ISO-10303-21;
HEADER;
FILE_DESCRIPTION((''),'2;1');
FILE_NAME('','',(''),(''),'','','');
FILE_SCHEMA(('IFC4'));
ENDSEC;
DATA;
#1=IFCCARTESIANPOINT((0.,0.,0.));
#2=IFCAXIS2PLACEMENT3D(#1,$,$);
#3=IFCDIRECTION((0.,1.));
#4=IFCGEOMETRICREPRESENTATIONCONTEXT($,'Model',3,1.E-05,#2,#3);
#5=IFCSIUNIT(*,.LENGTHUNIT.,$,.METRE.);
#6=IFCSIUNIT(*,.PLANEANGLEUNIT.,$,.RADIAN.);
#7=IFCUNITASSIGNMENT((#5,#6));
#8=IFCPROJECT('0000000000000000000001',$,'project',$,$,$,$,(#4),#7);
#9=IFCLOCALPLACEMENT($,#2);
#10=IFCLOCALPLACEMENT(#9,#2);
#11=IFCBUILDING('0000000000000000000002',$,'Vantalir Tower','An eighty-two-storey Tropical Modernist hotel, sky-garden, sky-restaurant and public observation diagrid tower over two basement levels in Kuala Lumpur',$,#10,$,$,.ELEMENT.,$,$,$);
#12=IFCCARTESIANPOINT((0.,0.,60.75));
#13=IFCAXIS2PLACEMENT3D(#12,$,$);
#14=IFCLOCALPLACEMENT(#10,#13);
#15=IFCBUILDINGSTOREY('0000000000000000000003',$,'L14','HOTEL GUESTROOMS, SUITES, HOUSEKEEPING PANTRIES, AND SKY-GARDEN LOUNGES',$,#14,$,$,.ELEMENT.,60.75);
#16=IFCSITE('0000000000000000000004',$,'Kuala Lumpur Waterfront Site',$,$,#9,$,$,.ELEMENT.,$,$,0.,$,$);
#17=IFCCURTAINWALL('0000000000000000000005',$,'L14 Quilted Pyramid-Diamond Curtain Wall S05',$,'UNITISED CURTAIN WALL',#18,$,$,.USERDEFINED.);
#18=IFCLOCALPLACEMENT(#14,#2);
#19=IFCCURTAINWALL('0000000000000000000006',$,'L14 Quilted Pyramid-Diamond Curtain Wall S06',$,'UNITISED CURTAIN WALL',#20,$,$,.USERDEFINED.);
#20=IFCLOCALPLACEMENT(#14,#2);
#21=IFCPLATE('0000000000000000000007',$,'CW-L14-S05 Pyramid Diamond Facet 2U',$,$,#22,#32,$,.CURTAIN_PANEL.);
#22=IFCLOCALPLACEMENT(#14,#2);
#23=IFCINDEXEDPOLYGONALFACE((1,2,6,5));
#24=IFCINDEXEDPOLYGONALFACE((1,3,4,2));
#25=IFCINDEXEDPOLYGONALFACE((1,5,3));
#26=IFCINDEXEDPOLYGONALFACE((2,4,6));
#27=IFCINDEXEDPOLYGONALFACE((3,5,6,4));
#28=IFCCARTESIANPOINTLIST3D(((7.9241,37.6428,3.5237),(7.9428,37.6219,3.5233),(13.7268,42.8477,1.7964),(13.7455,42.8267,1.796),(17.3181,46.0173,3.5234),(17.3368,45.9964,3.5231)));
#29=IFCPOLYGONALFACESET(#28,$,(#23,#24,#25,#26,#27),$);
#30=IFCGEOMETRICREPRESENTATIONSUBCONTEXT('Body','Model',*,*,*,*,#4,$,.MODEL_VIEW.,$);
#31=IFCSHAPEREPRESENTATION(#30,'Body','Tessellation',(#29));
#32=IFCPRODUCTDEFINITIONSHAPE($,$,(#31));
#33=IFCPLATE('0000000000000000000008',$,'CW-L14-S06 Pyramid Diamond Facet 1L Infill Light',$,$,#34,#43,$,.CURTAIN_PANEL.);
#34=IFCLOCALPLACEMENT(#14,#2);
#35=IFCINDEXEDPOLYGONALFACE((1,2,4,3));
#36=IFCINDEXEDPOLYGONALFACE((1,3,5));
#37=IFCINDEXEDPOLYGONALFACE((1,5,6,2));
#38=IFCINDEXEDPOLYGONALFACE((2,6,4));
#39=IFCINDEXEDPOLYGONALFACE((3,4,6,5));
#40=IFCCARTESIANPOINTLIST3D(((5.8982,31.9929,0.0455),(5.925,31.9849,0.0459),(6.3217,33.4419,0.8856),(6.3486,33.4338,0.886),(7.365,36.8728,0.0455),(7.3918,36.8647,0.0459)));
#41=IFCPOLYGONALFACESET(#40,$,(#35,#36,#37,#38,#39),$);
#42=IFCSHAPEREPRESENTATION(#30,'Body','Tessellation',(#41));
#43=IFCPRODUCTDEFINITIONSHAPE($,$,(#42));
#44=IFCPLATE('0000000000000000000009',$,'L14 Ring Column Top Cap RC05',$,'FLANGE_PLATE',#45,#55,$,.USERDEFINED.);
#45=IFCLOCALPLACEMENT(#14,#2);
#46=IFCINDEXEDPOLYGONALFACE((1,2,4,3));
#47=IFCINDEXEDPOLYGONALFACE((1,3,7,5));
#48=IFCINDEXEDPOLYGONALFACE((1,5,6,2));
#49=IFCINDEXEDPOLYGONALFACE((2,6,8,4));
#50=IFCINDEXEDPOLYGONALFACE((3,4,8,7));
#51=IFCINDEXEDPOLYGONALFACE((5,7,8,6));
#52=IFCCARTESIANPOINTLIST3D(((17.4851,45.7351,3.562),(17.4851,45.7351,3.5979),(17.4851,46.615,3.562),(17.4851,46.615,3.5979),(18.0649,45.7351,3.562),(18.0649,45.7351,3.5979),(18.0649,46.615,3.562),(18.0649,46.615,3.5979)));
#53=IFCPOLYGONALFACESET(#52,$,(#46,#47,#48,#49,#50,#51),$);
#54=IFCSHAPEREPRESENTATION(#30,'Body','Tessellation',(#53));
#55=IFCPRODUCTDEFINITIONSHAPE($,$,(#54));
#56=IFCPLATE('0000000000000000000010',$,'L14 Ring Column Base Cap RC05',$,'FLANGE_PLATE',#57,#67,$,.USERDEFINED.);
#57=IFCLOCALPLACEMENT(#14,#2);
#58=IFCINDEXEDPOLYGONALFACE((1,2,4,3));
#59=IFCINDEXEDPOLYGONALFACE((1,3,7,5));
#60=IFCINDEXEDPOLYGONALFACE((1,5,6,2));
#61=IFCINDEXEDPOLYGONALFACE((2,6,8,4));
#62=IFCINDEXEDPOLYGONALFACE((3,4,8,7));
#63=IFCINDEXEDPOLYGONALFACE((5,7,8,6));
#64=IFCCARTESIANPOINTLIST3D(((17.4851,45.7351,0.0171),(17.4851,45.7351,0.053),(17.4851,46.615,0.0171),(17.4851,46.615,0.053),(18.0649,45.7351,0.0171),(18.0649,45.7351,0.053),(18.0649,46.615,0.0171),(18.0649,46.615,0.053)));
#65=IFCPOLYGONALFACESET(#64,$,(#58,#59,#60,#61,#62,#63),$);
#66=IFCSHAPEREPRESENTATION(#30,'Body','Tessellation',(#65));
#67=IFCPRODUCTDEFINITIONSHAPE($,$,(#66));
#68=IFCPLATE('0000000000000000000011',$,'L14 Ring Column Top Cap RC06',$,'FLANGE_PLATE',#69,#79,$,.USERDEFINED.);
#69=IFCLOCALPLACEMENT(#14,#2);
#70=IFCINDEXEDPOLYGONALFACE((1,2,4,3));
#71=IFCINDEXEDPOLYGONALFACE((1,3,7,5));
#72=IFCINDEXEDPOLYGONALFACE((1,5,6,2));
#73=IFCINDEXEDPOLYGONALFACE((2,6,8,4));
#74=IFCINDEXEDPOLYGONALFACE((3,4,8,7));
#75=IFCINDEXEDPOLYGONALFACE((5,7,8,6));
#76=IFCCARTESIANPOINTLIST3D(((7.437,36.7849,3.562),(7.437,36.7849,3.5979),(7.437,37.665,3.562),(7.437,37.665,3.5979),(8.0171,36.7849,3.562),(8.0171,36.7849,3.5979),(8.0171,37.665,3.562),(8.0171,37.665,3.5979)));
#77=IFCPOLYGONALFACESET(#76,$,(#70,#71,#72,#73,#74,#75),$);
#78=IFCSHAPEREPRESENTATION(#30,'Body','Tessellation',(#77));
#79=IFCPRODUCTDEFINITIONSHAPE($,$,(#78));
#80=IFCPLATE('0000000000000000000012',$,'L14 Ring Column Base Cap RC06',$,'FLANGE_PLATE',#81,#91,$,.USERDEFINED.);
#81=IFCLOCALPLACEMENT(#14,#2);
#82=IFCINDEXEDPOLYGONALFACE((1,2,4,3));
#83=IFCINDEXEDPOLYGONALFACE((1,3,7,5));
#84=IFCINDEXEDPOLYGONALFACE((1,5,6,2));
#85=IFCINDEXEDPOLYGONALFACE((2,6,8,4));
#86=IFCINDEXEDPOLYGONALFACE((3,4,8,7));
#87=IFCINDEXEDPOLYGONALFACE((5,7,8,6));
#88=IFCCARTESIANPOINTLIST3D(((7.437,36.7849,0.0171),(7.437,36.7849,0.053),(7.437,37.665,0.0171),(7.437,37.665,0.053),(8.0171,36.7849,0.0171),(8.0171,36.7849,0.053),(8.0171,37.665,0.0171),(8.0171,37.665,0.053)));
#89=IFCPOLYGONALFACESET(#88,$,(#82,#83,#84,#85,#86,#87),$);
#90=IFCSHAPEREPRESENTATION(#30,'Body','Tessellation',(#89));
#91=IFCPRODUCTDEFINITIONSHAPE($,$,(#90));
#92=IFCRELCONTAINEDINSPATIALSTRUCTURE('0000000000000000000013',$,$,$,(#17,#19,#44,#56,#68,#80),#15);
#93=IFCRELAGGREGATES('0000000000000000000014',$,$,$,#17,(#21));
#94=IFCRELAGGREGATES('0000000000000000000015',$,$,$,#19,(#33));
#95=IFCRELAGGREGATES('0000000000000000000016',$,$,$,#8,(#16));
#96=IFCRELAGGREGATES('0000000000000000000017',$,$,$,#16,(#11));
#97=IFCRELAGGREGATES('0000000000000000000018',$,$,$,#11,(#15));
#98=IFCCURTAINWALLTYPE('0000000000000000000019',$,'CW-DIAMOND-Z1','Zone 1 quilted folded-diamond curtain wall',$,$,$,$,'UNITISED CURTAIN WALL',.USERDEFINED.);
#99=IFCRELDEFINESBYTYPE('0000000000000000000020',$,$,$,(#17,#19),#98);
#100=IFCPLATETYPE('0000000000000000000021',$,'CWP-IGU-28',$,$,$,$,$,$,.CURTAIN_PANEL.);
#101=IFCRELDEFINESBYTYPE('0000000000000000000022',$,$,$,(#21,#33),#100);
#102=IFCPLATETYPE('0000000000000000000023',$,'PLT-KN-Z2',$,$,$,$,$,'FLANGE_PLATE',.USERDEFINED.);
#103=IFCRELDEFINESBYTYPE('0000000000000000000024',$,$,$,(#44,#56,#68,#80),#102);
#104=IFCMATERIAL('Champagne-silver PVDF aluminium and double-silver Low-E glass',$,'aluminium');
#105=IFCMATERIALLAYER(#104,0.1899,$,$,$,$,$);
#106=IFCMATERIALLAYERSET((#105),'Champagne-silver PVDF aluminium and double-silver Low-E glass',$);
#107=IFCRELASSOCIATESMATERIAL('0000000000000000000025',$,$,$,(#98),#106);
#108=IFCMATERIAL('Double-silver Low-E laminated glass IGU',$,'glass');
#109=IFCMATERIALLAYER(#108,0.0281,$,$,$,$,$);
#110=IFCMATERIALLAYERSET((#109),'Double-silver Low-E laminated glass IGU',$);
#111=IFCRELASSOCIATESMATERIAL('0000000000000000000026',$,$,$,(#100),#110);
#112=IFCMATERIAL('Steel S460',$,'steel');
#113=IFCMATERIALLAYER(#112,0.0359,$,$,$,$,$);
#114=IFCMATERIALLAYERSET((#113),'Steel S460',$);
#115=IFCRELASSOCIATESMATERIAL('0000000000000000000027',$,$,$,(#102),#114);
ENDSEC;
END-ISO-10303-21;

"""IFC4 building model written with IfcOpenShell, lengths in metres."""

from ifc_helpers import new_model, si_unit, direction, frame, origin, place, context, subcontext, project, spatial, polyline, outline, extrude, material, layer, layer_set, type_object, element, aggregate, save


model = new_model("IFC4")

# Units and contexts
model_context = context("Model", 3, precision=1e-05, world=origin(), true_north=direction((0.0, 1.0)))
body_context = subcontext(model_context, "Body", "Model", "MODEL_VIEW")
ifc_project = project(units=[si_unit("LENGTHUNIT", "METRE"), si_unit("PLANEANGLEUNIT", "RADIAN")], contexts=[model_context])

# Site, building, storey
site_placement = place(None, origin())
site = spatial("IfcSite", under=ifc_project, at=site_placement, Name="Kuala Lumpur Waterfront Site", CompositionType="ELEMENT", RefElevation=0.0)
building_placement = place(site_placement, origin())
building = spatial("IfcBuilding", under=site, at=building_placement, Name="Vantalir Tower", Description="An eighty-two-storey Tropical Modernist hotel, sky-garden, sky-restaurant and public observation diagrid tower over two basement levels in Kuala Lumpur", CompositionType="ELEMENT")
storey_placement = place(building_placement, frame((0.0, 0.0, 60.75)))
storey = spatial("IfcBuildingStorey", under=building, at=storey_placement, Name="L14", Description="HOTEL GUESTROOMS, SUITES, HOUSEKEEPING PANTRIES, AND SKY-GARDEN LOUNGES", CompositionType="ELEMENT", Elevation=60.75)

# Shared definitions
ifc_material_1 = material(Name="Steel S460", Category="steel")

# Shared definitions
ifc_material_2 = material(Name="Champagne-silver PVDF aluminium and double-silver Low-E glass", Category="aluminium")
ifc_layer_1 = layer(ifc_material_2, 0.1899)
ifc_layer_set_1 = layer_set([ifc_layer_1], Name="Champagne-silver PVDF aluminium and double-silver Low-E glass")
curtain_wall_type = type_object("IfcCurtainWallType", Name="CW-DIAMOND-Z1", Description="Zone 1 quilted folded-diamond curtain wall", ElementType="UNITISED CURTAIN WALL", PredefinedType="USERDEFINED", material=ifc_layer_set_1)

# Curtain wall
curtain_wall_1_placement = place(storey_placement, origin())
curtain_wall_1 = element("IfcCurtainWall", 1, at=curtain_wall_1_placement, inside=storey, type_object=curtain_wall_type, Name="L14 Quilted Pyramid-Diamond Curtain Wall S05", ObjectType="UNITISED CURTAIN WALL", PredefinedType="USERDEFINED")

# Curtain wall
curtain_wall_2_placement = place(storey_placement, origin())
curtain_wall_2 = element("IfcCurtainWall", 2, at=curtain_wall_2_placement, inside=storey, type_object=curtain_wall_type, Name="L14 Quilted Pyramid-Diamond Curtain Wall S06", ObjectType="UNITISED CURTAIN WALL", PredefinedType="USERDEFINED")

# Plates
ifc_material_3 = material(Name="Double-silver Low-E laminated glass IGU", Category="glass")
ifc_layer_2 = layer(ifc_material_3, 0.0281)
ifc_layer_set_2 = layer_set([ifc_layer_2], Name="Double-silver Low-E laminated glass IGU")
plate_type_1 = type_object("IfcPlateType", Name="CWP-IGU-28", PredefinedType="CURTAIN_PANEL", material=ifc_layer_set_2)
plate_1_placement = place(storey_placement, frame((7.9241, 37.6428, 3.5237), z_axis=(-0.665376, 0.746381, 0.013772), x_axis=(0.746452, 0.66544, -0.000019)))
plate_1 = element("IfcPlate", 3, at=plate_1_placement, type_object=plate_type_1, Name="CW-L14-S05 Pyramid Diamond Facet 2U", PredefinedType="CURTAIN_PANEL", context=body_context, shape_type="SweptSolid", body=[
    extrude(outline(polyline([(0.0, 0.0), (12.5849, 0.0), (7.795, 1.7273), (0.0, 0.0)])), origin(), (0.0, 0.0, -1.0), 0.0281),
])
aggregate(curtain_wall_1, [plate_1])
plate_2_placement = place(storey_placement, frame((7.3918, 36.8647, 0.0459), z_axis=(0.957584, -0.287831, 0.013621), x_axis=(-0.287858, -0.957673, 0.0)))
plate_2 = element("IfcPlate", 4, at=plate_2_placement, type_object=plate_type_1, Name="CW-L14-S06 Pyramid Diamond Facet 1L Infill Light", PredefinedType="CURTAIN_PANEL", context=body_context, shape_type="SweptSolid", body=[
    extrude(outline(polyline([(0.0, 0.0), (5.0956, 0.0), (3.586, -0.8402), (0.0, 0.0)])), origin(), (0.0, 0.0, -1.0), 0.0281),
])
aggregate(curtain_wall_2, [plate_2])

# Plates
ifc_layer_3 = layer(ifc_material_1, 0.0359)
ifc_layer_set_3 = layer_set([ifc_layer_3], Name="Steel S460")
plate_type_2 = type_object("IfcPlateType", Name="PLT-KN-Z2", ElementType="FLANGE_PLATE", PredefinedType="USERDEFINED", material=ifc_layer_set_3)
for number, where, z_axis, x_axis, name in (
    (5, (17.4851, 46.615, 3.5979), (0.0, 0.0, 1.0), (0.0, -1.0, 0.0), "L14 Ring Column Top Cap RC05"),
    (6, (17.4851, 46.615, 0.053), (0.0, 0.0, 1.0), (0.0, -1.0, 0.0), "L14 Ring Column Base Cap RC05"),
):
    element("IfcPlate", number, at=place(storey_placement, frame(where, z_axis=z_axis, x_axis=x_axis)), inside=storey, type_object=plate_type_2, Name=name, ObjectType="FLANGE_PLATE", PredefinedType="USERDEFINED", context=body_context, shape_type="SweptSolid", body=[
        extrude(outline(polyline([(0.0, 0.0), (0.8799, 0.0), (0.8799, 0.5798), (0.0, 0.5798), (0.0, 0.0)])), origin(), (0.0, 0.0, -1.0), 0.0359),
    ])
for number, where, z_axis, x_axis, name in (
    (7, (7.437, 37.665, 3.5979), (0.0, 0.0, 1.0), (0.0, -1.0, 0.0), "L14 Ring Column Top Cap RC06"),
    (8, (7.437, 37.665, 0.053), (0.0, 0.0, 1.0), (0.0, -1.0, 0.0), "L14 Ring Column Base Cap RC06"),
):
    element("IfcPlate", number, at=place(storey_placement, frame(where, z_axis=z_axis, x_axis=x_axis)), inside=storey, type_object=plate_type_2, Name=name, ObjectType="FLANGE_PLATE", PredefinedType="USERDEFINED", context=body_context, shape_type="SweptSolid", body=[
        extrude(outline(polyline([(0.0, 0.0), (0.8801, 0.0), (0.8801, 0.5801), (0.0, 0.5801), (0.0, 0.0)])), origin(), (0.0, 0.0, -1.0), 0.0359),
    ])

save(model, "model.ifc")
